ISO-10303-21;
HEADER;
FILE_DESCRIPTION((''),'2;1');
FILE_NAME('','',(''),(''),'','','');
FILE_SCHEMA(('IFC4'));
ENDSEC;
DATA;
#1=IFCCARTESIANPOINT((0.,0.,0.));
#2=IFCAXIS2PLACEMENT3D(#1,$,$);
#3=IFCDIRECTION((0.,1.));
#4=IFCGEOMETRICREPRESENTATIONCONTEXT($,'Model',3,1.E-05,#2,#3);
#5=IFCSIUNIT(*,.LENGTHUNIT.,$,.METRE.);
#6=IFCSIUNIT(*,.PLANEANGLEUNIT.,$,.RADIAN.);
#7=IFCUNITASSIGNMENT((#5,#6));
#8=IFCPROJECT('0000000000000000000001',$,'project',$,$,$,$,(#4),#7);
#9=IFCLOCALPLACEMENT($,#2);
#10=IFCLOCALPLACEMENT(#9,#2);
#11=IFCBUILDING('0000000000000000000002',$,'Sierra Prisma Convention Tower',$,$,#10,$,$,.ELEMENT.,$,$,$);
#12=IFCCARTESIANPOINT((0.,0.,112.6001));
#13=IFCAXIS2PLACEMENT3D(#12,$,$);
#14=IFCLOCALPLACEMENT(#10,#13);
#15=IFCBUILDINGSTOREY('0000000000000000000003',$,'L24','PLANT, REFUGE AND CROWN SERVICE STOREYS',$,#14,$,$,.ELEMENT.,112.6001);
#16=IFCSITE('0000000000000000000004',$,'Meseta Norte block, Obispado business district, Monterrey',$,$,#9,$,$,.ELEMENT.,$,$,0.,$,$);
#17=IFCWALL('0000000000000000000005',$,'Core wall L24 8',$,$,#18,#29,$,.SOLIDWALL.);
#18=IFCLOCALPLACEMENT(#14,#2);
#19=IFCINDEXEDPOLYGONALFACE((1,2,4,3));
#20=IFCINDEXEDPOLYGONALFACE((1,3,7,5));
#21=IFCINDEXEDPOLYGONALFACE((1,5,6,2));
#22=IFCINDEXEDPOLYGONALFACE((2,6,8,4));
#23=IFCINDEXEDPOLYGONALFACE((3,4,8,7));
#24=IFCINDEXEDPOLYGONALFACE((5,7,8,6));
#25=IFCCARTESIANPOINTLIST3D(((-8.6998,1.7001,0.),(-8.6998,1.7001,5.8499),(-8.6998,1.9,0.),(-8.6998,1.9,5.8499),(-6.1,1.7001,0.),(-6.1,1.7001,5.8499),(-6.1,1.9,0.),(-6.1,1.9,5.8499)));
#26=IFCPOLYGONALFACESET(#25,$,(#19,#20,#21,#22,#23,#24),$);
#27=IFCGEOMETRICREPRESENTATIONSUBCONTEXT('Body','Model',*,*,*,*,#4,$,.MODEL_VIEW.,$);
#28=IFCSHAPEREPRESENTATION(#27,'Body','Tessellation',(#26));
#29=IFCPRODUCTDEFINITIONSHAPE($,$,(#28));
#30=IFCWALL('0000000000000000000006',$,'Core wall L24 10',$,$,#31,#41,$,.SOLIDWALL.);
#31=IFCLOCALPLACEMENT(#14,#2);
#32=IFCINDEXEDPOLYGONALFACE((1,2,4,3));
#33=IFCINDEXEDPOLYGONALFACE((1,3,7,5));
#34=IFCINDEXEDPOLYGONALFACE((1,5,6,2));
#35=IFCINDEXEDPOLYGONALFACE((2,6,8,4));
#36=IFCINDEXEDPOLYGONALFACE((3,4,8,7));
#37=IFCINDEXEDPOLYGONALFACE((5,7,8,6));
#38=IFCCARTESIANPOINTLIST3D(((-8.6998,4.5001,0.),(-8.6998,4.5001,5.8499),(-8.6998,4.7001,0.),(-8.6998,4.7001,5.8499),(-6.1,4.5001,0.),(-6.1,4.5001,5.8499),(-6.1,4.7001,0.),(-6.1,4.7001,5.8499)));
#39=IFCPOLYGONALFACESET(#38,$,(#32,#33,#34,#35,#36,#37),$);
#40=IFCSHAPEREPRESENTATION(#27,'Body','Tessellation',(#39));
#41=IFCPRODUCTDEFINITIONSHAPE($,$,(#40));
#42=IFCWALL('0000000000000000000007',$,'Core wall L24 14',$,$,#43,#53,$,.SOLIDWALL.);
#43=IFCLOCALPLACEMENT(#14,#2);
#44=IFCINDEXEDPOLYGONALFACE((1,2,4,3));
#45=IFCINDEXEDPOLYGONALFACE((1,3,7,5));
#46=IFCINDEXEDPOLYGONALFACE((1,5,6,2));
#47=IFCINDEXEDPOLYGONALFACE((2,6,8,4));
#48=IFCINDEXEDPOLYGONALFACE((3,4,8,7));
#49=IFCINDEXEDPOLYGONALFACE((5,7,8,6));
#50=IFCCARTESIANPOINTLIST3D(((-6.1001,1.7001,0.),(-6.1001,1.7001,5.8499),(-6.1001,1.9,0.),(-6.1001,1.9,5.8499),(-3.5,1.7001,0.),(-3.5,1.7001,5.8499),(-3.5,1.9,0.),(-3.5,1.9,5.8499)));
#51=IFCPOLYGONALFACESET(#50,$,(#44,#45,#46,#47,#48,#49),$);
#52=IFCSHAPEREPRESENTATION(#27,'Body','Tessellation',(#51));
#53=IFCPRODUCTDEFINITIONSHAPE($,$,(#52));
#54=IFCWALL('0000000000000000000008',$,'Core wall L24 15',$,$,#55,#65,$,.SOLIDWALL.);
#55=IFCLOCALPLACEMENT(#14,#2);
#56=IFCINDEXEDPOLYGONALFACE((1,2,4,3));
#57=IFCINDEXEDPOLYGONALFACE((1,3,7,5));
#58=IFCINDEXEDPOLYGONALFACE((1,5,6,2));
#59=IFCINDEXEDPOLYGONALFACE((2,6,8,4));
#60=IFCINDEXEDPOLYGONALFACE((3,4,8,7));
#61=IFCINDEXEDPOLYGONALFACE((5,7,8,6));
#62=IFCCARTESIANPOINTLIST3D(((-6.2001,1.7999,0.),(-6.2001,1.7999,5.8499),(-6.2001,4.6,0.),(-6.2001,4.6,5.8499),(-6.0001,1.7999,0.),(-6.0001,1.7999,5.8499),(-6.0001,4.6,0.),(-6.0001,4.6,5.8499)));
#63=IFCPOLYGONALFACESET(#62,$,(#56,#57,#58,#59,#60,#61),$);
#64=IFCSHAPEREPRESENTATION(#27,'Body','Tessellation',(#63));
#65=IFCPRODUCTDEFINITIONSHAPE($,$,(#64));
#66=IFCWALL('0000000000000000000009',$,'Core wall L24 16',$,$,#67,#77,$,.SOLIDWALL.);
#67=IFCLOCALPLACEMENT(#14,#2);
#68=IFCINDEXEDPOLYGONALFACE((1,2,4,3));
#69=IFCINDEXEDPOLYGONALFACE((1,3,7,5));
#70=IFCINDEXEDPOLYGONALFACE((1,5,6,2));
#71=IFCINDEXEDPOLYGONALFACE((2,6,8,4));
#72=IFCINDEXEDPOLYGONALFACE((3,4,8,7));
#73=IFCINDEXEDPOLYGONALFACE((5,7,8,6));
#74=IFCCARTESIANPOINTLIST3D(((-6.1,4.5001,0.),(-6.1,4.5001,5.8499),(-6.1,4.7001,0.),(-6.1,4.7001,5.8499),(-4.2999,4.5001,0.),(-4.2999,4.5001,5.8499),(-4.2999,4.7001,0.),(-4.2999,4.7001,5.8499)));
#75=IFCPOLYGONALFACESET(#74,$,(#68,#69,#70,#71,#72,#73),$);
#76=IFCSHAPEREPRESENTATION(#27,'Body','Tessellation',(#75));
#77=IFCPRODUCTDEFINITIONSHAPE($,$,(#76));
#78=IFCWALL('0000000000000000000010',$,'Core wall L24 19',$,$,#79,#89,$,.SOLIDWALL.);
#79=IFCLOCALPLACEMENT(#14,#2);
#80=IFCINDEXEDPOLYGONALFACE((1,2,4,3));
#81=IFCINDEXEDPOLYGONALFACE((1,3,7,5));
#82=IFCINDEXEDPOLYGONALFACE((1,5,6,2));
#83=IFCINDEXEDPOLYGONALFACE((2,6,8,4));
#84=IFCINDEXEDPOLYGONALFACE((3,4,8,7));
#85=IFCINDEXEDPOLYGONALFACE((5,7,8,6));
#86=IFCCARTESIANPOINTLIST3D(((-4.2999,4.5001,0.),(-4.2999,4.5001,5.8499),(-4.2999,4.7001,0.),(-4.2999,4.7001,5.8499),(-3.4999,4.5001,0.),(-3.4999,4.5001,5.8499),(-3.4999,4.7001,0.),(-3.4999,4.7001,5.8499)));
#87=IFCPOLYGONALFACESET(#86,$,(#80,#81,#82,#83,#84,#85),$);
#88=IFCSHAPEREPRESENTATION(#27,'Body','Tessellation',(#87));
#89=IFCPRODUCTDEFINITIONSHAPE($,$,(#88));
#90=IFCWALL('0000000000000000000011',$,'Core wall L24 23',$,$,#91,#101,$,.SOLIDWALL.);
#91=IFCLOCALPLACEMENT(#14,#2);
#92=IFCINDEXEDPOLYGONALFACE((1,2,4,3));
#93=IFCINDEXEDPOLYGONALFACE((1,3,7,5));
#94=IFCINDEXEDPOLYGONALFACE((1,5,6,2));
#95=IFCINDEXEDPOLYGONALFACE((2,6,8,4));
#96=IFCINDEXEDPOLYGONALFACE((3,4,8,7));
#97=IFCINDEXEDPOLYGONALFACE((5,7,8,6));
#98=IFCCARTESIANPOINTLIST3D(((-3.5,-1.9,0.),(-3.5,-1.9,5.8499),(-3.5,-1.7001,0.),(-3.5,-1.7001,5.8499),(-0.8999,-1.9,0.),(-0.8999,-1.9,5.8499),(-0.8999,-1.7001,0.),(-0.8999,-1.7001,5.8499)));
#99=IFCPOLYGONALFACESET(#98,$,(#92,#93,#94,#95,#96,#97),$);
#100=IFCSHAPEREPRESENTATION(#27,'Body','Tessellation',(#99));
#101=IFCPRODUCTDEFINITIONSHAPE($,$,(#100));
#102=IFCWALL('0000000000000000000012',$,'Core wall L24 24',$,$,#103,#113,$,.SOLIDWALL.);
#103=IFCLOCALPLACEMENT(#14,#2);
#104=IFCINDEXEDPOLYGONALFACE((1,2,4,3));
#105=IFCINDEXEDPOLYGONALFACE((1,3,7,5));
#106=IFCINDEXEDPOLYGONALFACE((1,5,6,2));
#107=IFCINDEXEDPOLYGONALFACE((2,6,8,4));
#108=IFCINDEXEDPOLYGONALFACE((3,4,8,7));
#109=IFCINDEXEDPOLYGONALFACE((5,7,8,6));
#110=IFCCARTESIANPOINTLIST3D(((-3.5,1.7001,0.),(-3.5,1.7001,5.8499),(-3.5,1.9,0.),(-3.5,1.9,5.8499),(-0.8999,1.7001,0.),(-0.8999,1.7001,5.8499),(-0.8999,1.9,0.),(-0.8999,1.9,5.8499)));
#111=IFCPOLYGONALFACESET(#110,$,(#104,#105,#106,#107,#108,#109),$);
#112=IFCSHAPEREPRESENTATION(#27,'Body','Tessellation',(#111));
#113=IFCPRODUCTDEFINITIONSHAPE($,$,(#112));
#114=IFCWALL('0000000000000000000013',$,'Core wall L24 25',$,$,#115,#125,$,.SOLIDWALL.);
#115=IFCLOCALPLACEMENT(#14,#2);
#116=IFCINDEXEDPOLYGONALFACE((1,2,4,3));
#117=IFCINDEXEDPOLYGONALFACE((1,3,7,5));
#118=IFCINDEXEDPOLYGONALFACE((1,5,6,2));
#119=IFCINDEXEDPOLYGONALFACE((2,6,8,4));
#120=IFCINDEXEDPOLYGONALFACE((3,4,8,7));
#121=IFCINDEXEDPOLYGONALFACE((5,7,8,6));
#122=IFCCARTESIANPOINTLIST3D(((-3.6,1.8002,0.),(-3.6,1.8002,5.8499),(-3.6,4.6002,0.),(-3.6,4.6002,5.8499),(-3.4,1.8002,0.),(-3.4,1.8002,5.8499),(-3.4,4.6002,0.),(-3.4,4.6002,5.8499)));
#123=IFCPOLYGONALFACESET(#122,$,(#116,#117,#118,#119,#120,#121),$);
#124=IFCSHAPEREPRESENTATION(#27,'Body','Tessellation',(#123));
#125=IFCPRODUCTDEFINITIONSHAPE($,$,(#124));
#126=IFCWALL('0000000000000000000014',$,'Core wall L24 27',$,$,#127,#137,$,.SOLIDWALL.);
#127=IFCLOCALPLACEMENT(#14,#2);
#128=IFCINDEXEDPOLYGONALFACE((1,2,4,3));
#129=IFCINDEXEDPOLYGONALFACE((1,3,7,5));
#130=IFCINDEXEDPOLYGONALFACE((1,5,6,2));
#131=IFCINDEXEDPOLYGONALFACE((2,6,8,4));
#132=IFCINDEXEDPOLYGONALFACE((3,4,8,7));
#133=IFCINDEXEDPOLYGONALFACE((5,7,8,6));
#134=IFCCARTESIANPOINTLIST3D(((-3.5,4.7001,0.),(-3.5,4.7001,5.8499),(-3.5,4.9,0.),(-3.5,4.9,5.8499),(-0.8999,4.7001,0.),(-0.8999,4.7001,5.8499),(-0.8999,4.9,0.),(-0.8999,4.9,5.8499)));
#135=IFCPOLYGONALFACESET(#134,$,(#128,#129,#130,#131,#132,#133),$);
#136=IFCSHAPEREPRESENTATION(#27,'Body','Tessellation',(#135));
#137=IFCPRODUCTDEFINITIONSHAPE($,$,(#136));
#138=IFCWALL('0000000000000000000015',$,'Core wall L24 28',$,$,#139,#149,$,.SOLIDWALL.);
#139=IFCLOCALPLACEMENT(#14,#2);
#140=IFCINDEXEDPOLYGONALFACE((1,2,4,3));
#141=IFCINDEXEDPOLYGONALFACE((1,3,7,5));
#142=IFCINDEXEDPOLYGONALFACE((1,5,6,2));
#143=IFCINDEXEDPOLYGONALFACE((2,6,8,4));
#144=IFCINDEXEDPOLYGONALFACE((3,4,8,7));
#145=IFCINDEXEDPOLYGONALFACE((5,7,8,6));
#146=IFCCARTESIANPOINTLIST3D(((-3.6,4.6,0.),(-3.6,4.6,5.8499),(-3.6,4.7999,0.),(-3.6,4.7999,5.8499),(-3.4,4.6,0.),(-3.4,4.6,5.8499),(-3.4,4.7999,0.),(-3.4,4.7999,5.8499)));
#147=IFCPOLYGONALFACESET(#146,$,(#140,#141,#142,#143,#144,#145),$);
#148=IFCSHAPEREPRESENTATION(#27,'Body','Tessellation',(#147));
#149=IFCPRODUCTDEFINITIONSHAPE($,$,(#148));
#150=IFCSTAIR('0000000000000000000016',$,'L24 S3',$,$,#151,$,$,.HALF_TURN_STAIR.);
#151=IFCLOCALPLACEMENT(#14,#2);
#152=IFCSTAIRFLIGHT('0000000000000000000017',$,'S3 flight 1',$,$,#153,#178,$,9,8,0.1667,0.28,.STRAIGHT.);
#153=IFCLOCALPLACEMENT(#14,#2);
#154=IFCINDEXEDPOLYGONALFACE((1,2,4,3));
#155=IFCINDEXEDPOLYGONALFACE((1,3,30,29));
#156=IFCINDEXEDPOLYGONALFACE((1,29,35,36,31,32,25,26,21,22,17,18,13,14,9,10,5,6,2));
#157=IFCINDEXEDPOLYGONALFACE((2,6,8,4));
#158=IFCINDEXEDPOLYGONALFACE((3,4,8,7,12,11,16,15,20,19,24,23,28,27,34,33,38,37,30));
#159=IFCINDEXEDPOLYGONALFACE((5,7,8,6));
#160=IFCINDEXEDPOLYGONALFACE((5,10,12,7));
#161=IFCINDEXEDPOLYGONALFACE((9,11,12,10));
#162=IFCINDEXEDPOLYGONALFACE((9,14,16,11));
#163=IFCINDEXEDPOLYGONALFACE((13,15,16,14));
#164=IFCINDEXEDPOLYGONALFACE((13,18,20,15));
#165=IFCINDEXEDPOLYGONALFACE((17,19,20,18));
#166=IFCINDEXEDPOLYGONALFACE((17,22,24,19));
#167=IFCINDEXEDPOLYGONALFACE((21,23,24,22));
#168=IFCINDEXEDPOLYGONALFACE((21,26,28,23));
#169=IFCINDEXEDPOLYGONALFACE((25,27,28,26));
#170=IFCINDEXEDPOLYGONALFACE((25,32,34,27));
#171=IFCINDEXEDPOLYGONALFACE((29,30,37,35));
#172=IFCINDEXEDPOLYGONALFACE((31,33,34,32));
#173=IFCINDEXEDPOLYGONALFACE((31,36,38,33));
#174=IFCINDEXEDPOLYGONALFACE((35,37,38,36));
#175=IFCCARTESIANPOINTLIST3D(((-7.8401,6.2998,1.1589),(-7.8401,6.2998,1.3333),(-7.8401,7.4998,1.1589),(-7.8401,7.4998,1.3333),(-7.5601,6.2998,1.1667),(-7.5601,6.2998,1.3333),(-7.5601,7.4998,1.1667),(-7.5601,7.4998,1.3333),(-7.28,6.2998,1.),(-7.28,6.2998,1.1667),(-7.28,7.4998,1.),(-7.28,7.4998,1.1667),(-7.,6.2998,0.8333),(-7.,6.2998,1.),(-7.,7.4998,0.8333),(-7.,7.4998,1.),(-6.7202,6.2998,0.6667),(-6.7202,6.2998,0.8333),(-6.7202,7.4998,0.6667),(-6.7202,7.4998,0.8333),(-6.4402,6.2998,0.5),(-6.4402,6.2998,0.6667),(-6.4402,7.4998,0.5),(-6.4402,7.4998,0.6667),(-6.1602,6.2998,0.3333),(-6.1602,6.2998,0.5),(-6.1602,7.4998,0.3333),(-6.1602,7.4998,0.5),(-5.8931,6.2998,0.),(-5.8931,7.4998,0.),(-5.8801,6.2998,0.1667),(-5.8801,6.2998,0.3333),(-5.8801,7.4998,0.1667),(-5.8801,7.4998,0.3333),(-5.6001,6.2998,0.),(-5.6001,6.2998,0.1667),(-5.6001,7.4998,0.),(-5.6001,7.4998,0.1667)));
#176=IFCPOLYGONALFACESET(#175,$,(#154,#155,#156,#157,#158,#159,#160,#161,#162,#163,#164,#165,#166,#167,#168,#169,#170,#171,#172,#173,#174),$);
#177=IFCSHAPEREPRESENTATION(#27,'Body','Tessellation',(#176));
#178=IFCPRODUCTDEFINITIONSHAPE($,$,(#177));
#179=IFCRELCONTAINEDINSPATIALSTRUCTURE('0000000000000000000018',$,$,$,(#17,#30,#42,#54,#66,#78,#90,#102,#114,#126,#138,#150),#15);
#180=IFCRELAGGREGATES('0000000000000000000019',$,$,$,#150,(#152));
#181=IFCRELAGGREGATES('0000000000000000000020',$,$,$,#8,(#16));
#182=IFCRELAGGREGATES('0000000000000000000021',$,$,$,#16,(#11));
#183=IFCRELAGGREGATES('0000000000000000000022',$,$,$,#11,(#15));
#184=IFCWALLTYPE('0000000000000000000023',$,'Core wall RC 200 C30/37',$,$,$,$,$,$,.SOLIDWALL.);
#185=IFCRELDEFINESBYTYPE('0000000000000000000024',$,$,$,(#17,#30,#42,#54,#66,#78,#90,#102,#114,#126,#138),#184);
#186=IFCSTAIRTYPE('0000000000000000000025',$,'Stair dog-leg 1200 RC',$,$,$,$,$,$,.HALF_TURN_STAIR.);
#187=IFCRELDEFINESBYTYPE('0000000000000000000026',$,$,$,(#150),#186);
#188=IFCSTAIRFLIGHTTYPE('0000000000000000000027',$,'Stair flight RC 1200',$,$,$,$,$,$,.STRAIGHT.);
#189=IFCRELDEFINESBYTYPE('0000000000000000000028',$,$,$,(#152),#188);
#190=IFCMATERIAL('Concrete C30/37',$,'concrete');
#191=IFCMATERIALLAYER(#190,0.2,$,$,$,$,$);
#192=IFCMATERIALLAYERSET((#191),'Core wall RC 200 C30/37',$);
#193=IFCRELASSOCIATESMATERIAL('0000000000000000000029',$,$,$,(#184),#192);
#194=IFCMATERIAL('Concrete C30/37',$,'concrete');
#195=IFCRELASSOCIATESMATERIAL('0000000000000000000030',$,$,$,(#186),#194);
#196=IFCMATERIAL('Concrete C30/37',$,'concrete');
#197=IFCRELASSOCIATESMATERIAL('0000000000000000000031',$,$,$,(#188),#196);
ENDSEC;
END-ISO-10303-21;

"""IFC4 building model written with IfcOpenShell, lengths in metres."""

from ifc_helpers import new_model, si_unit, direction, frame, frame_2d, origin, place, context, subcontext, project, spatial, polyline, rectangle, outline, extrude, material, layer, layer_set, type_object, element, aggregate, save


model = new_model("IFC4")

# Units and contexts
model_context = context("Model", 3, precision=1e-05, world=origin(), true_north=direction((0.0, 1.0)))
body_context = subcontext(model_context, "Body", "Model", "MODEL_VIEW")
ifc_project = project(units=[si_unit("LENGTHUNIT", "METRE"), si_unit("PLANEANGLEUNIT", "RADIAN")], contexts=[model_context])

# Site, building, storey
site_placement = place(None, origin())
site = spatial("IfcSite", under=ifc_project, at=site_placement, Name="Meseta Norte block, Obispado business district, Monterrey", CompositionType="ELEMENT", RefElevation=0.0)
building_placement = place(site_placement, origin())
building = spatial("IfcBuilding", under=site, at=building_placement, Name="Sierra Prisma Convention Tower", CompositionType="ELEMENT")
storey_placement = place(building_placement, frame((0.0, 0.0, 112.6001)))
storey = spatial("IfcBuildingStorey", under=building, at=storey_placement, Name="L24", Description="PLANT, REFUGE AND CROWN SERVICE STOREYS", CompositionType="ELEMENT", Elevation=112.6001)

# Walls
ifc_material_1 = material(Name="Concrete C30/37", Category="concrete")
ifc_layer_1 = layer(ifc_material_1, 0.2)
ifc_layer_set_1 = layer_set([ifc_layer_1], Name="Core wall RC 200 C30/37")
wall_type = type_object("IfcWallType", Name="Core wall RC 200 C30/37", PredefinedType="SOLIDWALL", material=ifc_layer_set_1)
for number, where, z_axis, x_axis, name in (
    (1, (-6.1001, 1.8, 0.0), (0.0, 0.0, 1.0), (-1.0, 0.0, 0.0), "Core wall L24 8"),
    (2, (-6.1001, 4.6001, 0.0), (0.0, 0.0, 1.0), (-1.0, 0.0, 0.0), "Core wall L24 10"),
):
    element("IfcWall", number, at=place(storey_placement, frame(where, z_axis=z_axis, x_axis=x_axis)), inside=storey, type_object=wall_type, Name=name, PredefinedType="SOLIDWALL", context=body_context, shape_type="SweptSolid", body=[
        extrude(rectangle(XDim=2.5999, YDim=0.2, at=frame_2d((1.2998, 0.0))), origin(), (0.0, 0.0, 1.0), 5.8499),
    ])
wall_1_placement = place(storey_placement, frame((-3.5, 1.8, 0.0), z_axis=(0.0, 0.0, 1.0), x_axis=(-1.0, 0.0, 0.0)))
element("IfcWall", 3, at=wall_1_placement, inside=storey, type_object=wall_type, Name="Core wall L24 14", PredefinedType="SOLIDWALL", context=body_context, shape_type="SweptSolid", body=[
    extrude(rectangle(XDim=2.6001, YDim=0.2, at=frame_2d((1.3, 0.0))), origin(), (0.0, 0.0, 1.0), 5.8499),
])
wall_2_placement = place(storey_placement, frame((-6.1001, 1.8, 0.0), z_axis=(0.0, 0.0, 1.0), x_axis=(0.0, 1.0, 0.0)))
element("IfcWall", 4, at=wall_2_placement, inside=storey, type_object=wall_type, Name="Core wall L24 15", PredefinedType="SOLIDWALL", context=body_context, shape_type="SweptSolid", body=[
    extrude(rectangle(XDim=2.8, YDim=0.2, at=frame_2d((1.3999, 0.0))), origin(), (0.0, 0.0, 1.0), 5.8499),
])
wall_3_placement = place(storey_placement, frame((-4.3, 4.6001, 0.0), z_axis=(0.0, 0.0, 1.0), x_axis=(-1.0, 0.0, 0.0)))
element("IfcWall", 5, at=wall_3_placement, inside=storey, type_object=wall_type, Name="Core wall L24 16", PredefinedType="SOLIDWALL", context=body_context, shape_type="SweptSolid", body=[
    extrude(rectangle(XDim=1.8, YDim=0.2, at=frame_2d((0.8999, 0.0))), origin(), (0.0, 0.0, 1.0), 5.8499),
])
wall_4_placement = place(storey_placement, frame((-3.5, 4.6001, 0.0), z_axis=(0.0, 0.0, 1.0), x_axis=(-1.0, 0.0, 0.0)))
element("IfcWall", 6, at=wall_4_placement, inside=storey, type_object=wall_type, Name="Core wall L24 19", PredefinedType="SOLIDWALL", context=body_context, shape_type="SweptSolid", body=[
    extrude(rectangle(XDim=0.8, YDim=0.2, at=frame_2d((0.3999, 0.0))), origin(), (0.0, 0.0, 1.0), 5.8499),
])

# Walls
for number, where, z_axis, x_axis, name in (
    (7, (-3.5, -1.8, 0.0), (0.0, 0.0, 1.0), (1.0, 0.0, 0.0), "Core wall L24 23"),
    (8, (-0.8999, 1.8, 0.0), (0.0, 0.0, 1.0), (-1.0, 0.0, 0.0), "Core wall L24 24"),
):
    element("IfcWall", number, at=place(storey_placement, frame(where, z_axis=z_axis, x_axis=x_axis)), inside=storey, type_object=wall_type, Name=name, PredefinedType="SOLIDWALL", context=body_context, shape_type="SweptSolid", body=[
        extrude(rectangle(XDim=2.6001, YDim=0.2, at=frame_2d((1.3, 0.0))), origin(), (0.0, 0.0, 1.0), 5.8499),
    ])
wall_5_placement = place(storey_placement, frame((-3.5, 4.6001, 0.0), z_axis=(0.0, 0.0, 1.0), x_axis=(0.0, -1.0, 0.0)))
element("IfcWall", 9, at=wall_5_placement, inside=storey, type_object=wall_type, Name="Core wall L24 25", PredefinedType="SOLIDWALL", context=body_context, shape_type="SweptSolid", body=[
    extrude(rectangle(XDim=2.8, YDim=0.2, at=frame_2d((1.3999, 0.0))), origin(), (0.0, 0.0, 1.0), 5.8499),
])

# Walls
wall_6_placement = place(storey_placement, frame((-0.8999, 4.8, 0.0), z_axis=(0.0, 0.0, 1.0), x_axis=(-1.0, 0.0, 0.0)))
element("IfcWall", 10, at=wall_6_placement, inside=storey, type_object=wall_type, Name="Core wall L24 27", PredefinedType="SOLIDWALL", context=body_context, shape_type="SweptSolid", body=[
    extrude(rectangle(XDim=2.6001, YDim=0.2, at=frame_2d((1.3, 0.0))), origin(), (0.0, 0.0, 1.0), 5.8499),
])
wall_7_placement = place(storey_placement, frame((-3.5, 4.8, 0.0), z_axis=(0.0, 0.0, 1.0), x_axis=(0.0, -1.0, 0.0)))
element("IfcWall", 11, at=wall_7_placement, inside=storey, type_object=wall_type, Name="Core wall L24 28", PredefinedType="SOLIDWALL", context=body_context, shape_type="SweptSolid", body=[
    extrude(rectangle(XDim=0.2, YDim=0.2, at=frame_2d((0.1001, 0.0))), origin(), (0.0, 0.0, 1.0), 5.8499),
])

# Stair, stair flight
ifc_material_2 = material(Name="Concrete C30/37", Category="concrete")
stair_type = type_object("IfcStairType", Name="Stair dog-leg 1200 RC", PredefinedType="HALF_TURN_STAIR", material=ifc_material_2)
stair_placement = place(storey_placement, origin())
stair = element("IfcStair", 12, at=stair_placement, inside=storey, type_object=stair_type, Name="L24 S3", PredefinedType="HALF_TURN_STAIR")
ifc_material_3 = material(Name="Concrete C30/37", Category="concrete")
stair_flight_type = type_object("IfcStairFlightType", Name="Stair flight RC 1200", PredefinedType="STRAIGHT", material=ifc_material_3)
stair_flight_1_placement = place(storey_placement, frame((-5.6001, 6.8999, 0.0), z_axis=(0.0, 0.0, 1.0), x_axis=(-1.0, 0.0, 0.0)))
stair_flight_1 = element("IfcStairFlight", 13, at=stair_flight_1_placement, type_object=stair_flight_type, Name="S3 flight 1", NumberOfRisers=9, NumberOfTreads=8, PredefinedType="STRAIGHT", RiserHeight=0.1667, TreadLength=0.28, context=body_context, shape_type="SweptSolid", body=[
    extrude(outline(polyline([(0.0, 0.0), (0.0, 0.1667), (0.28, 0.1667), (0.28, 0.3333), (0.5601, 0.3333), (0.5601, 0.5), (0.8401, 0.5), (0.8401, 0.6667), (1.1201, 0.6667), (1.1201, 0.8333), (1.3999, 0.8333), (1.3999, 1.0), (1.6799, 1.0), (1.6799, 1.1667), (1.96, 1.1667), (1.96, 1.3333), (2.24, 1.3333), (2.24, 1.5), (2.24, 1.1589), (0.293, 0.0), (0.0, 0.0)])), frame((0.0, 0.6001, 0.0), z_axis=(0.0, -1.0, 0.0), x_axis=(1.0, 0.0, 0.0)), (0.0, 0.0, 1.0), 1.2),
])
aggregate(stair, [stair_flight_1])

save(model, "model.ifc")
